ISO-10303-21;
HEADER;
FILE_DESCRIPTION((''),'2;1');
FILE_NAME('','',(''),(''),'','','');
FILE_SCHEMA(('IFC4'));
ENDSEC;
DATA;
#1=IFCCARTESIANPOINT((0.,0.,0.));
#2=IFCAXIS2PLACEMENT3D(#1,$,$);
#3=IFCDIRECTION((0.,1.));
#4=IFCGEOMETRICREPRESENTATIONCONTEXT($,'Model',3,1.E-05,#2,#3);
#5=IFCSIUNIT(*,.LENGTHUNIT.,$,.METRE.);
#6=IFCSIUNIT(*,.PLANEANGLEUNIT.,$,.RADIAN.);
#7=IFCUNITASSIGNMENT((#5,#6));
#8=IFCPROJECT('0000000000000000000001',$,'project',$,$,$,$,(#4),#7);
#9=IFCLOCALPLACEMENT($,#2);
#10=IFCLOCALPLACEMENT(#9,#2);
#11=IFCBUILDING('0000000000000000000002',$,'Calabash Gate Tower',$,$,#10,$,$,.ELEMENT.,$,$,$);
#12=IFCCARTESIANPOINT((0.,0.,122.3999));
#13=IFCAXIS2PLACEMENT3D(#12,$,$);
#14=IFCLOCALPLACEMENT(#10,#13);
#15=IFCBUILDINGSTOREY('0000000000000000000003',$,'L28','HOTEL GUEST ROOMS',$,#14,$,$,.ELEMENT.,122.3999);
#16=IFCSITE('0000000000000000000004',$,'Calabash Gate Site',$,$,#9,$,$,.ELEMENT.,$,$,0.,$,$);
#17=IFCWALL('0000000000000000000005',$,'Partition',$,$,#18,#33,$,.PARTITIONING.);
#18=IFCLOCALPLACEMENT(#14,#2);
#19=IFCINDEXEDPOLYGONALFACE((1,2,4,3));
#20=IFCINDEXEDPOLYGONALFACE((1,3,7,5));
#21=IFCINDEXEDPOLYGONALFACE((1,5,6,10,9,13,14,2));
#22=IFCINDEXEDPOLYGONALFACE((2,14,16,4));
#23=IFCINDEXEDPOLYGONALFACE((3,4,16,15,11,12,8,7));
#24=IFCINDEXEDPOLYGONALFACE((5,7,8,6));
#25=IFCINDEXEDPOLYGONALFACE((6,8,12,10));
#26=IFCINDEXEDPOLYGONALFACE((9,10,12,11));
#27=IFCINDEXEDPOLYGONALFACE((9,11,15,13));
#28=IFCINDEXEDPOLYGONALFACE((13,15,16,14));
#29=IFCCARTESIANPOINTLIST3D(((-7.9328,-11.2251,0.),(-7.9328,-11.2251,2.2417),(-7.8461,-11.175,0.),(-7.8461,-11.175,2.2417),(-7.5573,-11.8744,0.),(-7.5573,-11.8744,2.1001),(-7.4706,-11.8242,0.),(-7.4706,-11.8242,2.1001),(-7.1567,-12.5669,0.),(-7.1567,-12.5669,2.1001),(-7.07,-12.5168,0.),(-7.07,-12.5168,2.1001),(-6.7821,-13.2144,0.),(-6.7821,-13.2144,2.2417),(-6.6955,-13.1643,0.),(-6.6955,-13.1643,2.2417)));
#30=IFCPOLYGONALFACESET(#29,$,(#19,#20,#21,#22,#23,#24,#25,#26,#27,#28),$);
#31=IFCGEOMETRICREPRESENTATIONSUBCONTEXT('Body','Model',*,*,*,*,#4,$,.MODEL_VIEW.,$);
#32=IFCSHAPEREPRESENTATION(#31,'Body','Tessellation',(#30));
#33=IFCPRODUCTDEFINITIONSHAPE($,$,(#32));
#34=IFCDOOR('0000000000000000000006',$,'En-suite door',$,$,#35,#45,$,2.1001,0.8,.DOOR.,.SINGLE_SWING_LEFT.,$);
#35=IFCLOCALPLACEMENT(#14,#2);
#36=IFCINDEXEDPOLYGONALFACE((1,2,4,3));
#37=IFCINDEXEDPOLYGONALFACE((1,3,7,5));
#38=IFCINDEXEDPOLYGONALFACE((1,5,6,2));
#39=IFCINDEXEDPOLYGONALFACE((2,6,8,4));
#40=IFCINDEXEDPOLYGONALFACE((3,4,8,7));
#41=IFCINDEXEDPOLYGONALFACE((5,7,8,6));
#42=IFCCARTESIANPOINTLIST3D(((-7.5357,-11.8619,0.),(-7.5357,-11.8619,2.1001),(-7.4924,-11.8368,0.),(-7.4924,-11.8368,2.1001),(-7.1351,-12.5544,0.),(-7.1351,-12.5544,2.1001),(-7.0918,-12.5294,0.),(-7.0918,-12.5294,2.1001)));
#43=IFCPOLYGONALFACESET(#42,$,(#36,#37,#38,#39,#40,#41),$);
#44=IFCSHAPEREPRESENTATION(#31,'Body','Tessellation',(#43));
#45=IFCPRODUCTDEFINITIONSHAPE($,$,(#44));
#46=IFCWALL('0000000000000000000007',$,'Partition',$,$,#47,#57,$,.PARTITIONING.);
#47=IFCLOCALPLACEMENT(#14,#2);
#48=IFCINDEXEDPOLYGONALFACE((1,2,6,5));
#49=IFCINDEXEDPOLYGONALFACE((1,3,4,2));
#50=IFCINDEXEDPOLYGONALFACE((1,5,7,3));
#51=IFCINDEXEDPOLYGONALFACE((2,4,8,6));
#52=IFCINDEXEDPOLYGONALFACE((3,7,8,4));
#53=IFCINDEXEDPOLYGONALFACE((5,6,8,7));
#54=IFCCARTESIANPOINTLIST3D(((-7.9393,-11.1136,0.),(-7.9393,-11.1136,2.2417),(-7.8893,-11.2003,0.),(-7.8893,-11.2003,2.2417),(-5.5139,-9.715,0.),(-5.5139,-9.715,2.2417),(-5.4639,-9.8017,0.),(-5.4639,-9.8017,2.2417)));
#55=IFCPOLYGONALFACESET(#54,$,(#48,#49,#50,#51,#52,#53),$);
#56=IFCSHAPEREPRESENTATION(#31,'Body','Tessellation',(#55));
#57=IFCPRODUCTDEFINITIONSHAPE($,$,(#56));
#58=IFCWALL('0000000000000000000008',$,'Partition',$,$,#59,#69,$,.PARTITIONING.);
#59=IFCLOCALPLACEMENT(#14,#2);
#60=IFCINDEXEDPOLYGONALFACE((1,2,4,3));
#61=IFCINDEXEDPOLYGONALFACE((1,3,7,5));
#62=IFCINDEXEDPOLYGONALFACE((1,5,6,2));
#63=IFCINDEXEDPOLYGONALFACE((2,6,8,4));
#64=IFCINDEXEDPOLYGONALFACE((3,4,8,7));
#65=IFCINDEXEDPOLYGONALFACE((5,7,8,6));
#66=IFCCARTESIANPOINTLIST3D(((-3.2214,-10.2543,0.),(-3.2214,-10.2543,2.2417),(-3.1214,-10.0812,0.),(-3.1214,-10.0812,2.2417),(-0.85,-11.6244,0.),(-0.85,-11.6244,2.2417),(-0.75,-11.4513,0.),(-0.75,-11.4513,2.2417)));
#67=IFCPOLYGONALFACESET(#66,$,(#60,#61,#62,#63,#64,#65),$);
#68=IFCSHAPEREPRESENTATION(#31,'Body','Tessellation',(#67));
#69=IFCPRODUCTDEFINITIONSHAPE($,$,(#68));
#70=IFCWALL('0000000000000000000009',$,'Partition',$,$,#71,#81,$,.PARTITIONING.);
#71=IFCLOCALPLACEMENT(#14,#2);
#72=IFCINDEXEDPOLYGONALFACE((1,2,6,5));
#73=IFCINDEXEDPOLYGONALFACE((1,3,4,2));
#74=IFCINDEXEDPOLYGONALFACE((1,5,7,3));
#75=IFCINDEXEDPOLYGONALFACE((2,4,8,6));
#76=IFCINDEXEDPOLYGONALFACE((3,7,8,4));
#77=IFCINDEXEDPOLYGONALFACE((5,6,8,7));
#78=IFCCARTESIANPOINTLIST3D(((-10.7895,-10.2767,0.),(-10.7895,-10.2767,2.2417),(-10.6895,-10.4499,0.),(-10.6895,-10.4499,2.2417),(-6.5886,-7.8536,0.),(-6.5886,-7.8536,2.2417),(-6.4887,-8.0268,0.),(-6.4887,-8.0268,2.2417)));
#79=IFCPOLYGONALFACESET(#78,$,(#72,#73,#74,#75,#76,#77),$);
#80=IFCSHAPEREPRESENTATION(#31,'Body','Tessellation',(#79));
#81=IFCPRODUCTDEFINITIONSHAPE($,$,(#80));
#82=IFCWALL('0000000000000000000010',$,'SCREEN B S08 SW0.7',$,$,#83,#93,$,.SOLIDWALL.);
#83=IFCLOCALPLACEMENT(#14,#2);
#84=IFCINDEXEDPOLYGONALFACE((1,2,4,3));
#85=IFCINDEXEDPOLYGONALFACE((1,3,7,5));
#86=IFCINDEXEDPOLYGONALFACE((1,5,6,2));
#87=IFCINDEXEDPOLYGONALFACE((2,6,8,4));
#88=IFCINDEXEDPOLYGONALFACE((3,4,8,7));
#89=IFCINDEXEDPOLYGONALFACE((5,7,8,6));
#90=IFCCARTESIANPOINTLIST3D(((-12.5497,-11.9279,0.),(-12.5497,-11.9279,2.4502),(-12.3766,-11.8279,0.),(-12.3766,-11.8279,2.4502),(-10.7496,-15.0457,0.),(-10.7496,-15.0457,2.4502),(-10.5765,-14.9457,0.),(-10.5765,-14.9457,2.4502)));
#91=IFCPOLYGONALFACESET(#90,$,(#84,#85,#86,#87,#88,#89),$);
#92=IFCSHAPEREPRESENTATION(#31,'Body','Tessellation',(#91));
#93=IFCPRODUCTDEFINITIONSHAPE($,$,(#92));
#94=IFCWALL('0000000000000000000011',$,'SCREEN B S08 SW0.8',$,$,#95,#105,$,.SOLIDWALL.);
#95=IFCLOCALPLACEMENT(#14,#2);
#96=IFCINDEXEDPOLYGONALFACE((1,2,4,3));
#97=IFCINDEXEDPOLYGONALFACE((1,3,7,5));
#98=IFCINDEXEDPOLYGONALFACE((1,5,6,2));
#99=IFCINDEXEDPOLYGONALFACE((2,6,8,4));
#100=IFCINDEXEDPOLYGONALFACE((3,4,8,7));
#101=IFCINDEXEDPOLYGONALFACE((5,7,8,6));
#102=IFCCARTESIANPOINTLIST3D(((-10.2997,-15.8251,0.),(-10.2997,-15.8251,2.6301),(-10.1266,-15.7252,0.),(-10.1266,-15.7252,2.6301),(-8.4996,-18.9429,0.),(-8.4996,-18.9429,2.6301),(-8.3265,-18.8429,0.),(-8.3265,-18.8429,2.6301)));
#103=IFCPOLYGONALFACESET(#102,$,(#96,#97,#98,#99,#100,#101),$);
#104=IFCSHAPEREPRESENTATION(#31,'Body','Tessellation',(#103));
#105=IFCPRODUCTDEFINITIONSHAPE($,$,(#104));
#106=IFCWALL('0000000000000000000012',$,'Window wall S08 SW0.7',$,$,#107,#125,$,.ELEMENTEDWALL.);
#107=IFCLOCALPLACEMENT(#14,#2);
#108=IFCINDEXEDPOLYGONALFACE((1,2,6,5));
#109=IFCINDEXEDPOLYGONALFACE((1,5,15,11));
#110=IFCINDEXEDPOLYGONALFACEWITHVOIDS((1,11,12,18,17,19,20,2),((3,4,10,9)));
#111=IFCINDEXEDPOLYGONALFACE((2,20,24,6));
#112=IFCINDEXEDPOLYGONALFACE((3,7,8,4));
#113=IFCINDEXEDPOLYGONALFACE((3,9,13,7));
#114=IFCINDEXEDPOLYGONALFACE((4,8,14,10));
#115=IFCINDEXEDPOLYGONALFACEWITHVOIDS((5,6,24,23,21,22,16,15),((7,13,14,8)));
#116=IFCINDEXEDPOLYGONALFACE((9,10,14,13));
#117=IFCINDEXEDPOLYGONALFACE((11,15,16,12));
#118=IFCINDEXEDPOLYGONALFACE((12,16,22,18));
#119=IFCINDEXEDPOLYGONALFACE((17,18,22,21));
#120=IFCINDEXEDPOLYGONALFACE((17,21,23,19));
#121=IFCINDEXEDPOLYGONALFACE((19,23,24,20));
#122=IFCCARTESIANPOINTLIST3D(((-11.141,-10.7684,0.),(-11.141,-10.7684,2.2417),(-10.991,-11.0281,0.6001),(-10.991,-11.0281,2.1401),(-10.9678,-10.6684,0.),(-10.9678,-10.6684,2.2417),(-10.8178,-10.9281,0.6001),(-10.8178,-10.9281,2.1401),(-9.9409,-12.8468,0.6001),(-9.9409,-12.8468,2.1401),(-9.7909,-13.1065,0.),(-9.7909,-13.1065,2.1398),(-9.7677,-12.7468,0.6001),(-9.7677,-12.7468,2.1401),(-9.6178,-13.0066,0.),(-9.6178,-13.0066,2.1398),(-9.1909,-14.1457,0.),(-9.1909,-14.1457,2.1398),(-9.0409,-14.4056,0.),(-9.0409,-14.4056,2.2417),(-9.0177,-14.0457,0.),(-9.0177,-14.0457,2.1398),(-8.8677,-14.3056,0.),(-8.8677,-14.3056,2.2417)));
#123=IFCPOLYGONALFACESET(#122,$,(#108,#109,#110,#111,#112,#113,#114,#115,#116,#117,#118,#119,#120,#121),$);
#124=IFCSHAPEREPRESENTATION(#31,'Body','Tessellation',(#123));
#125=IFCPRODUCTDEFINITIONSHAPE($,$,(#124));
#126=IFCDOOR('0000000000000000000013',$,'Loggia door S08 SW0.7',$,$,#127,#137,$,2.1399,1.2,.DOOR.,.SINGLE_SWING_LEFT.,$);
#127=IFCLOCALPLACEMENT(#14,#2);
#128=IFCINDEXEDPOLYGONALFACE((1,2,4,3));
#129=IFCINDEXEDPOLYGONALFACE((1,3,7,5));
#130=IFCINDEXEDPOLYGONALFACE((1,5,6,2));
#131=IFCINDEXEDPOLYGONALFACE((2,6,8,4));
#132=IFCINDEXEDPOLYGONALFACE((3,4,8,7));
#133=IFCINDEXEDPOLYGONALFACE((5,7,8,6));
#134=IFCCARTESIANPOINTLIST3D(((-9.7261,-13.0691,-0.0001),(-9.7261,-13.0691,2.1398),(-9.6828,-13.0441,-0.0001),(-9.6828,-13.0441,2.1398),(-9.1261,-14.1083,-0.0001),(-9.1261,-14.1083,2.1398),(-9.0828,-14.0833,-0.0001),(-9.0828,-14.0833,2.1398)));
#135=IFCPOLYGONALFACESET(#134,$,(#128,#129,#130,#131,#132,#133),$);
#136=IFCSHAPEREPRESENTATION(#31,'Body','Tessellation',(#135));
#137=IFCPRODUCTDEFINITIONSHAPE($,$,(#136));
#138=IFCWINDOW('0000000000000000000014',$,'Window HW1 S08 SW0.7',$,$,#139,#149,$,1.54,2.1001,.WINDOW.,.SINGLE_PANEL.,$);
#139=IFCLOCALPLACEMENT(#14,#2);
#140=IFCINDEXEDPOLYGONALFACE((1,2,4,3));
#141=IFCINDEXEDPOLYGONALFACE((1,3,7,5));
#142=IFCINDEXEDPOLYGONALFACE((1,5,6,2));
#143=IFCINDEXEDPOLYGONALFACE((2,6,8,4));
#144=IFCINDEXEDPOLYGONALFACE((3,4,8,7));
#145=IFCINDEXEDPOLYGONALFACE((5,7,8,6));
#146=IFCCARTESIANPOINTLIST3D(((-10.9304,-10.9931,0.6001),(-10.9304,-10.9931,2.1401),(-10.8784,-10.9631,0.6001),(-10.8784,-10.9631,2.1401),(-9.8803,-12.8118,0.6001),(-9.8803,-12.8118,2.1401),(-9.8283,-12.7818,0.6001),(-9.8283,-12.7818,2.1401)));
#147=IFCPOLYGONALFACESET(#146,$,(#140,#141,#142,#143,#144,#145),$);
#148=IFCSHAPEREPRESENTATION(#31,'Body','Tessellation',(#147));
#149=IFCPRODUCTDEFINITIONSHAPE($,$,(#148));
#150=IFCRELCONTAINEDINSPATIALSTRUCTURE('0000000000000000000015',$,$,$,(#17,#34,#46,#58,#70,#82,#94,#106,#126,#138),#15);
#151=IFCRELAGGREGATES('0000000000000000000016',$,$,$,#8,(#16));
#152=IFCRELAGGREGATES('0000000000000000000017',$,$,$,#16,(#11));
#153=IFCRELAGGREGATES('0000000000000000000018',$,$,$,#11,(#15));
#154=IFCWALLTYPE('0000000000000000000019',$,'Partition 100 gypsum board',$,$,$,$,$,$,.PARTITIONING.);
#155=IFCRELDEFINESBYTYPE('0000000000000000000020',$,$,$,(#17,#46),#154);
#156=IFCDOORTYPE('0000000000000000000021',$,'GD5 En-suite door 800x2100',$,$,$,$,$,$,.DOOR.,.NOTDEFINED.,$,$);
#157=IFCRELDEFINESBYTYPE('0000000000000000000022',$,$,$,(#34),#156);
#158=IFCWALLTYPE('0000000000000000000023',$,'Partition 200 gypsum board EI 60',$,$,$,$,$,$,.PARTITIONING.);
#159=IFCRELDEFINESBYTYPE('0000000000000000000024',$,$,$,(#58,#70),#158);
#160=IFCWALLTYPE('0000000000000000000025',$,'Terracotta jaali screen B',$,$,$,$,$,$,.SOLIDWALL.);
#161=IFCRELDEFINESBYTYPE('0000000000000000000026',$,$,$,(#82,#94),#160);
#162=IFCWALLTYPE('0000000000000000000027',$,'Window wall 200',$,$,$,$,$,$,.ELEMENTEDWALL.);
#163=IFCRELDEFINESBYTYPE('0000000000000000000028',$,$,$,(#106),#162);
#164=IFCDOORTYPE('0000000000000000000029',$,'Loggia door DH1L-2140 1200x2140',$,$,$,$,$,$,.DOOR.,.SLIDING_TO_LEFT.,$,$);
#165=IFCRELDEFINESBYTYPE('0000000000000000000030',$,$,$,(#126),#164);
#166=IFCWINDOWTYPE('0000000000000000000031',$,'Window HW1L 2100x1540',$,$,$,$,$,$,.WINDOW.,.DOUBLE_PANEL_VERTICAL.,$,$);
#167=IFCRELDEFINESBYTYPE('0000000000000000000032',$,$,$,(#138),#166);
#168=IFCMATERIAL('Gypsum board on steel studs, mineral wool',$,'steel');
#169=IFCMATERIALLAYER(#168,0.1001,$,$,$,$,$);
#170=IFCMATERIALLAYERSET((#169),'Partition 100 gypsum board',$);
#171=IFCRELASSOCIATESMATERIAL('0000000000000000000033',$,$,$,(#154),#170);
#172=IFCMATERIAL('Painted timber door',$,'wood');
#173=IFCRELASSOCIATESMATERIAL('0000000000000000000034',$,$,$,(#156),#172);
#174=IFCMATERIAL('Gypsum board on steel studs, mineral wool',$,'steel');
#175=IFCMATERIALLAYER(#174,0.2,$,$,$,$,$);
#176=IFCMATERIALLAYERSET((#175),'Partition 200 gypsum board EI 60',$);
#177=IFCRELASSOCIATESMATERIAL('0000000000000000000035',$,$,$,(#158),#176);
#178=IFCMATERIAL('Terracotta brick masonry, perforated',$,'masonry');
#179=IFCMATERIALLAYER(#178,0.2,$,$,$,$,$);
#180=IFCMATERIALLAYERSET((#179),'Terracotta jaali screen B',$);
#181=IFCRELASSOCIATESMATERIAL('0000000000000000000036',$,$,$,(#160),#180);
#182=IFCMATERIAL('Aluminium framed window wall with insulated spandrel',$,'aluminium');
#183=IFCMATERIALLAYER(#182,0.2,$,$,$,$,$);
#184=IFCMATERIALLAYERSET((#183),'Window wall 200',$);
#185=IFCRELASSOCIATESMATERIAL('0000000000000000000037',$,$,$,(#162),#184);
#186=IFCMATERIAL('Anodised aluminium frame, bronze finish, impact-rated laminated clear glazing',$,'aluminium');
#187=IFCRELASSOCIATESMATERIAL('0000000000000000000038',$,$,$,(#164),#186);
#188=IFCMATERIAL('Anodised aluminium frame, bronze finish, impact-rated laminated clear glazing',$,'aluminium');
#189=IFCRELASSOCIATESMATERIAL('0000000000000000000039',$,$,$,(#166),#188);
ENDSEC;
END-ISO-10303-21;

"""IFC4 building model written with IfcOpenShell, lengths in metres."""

from ifc_helpers import new_model, si_unit, direction, frame, frame_2d, origin, place, context, subcontext, project, spatial, rectangle, extrude, material, layer, layer_set, type_object, element, fill, save


model = new_model("IFC4")

# Units and contexts
model_context = context("Model", 3, precision=1e-05, world=origin(), true_north=direction((0.0, 1.0)))
body_context = subcontext(model_context, "Body", "Model", "MODEL_VIEW")
ifc_project = project(units=[si_unit("LENGTHUNIT", "METRE"), si_unit("PLANEANGLEUNIT", "RADIAN")], contexts=[model_context])

# Site, building, storey
site_placement = place(None, origin())
site = spatial("IfcSite", under=ifc_project, at=site_placement, Name="Calabash Gate Site", CompositionType="ELEMENT", RefElevation=0.0)
building_placement = place(site_placement, origin())
building = spatial("IfcBuilding", under=site, at=building_placement, Name="Calabash Gate Tower", CompositionType="ELEMENT")
storey_placement = place(building_placement, frame((0.0, 0.0, 122.3999)))
storey = spatial("IfcBuildingStorey", under=building, at=storey_placement, Name="L28", Description="HOTEL GUEST ROOMS", CompositionType="ELEMENT", Elevation=122.3999)

# Wall, opening, door
ifc_material_1 = material(Name="Gypsum board on steel studs, mineral wool", Category="steel")
ifc_layer_1 = layer(ifc_material_1, 0.1001)
ifc_layer_set_1 = layer_set([ifc_layer_1], Name="Partition 100 gypsum board")
wall_type_1 = type_object("IfcWallType", Name="Partition 100 gypsum board", PredefinedType="PARTITIONING", material=ifc_layer_set_1)
wall_1_placement = place(storey_placement, frame((-7.8894, -11.2002, 0.0), z_axis=(0.0, 0.0, 1.0), x_axis=(0.500697, -0.865623, 0.0)))
wall_1 = element("IfcWall", 1, at=wall_1_placement, inside=storey, type_object=wall_type_1, Name="Partition", PredefinedType="PARTITIONING", context=body_context, shape_type="SweptSolid", body=[
    extrude(rectangle(XDim=2.2981, YDim=0.1001, at=frame_2d((1.1489, 0.0))), origin(), (0.0, 0.0, 1.0), 2.2417),
])
opening_1_placement = place(wall_1_placement, frame((0.75, 0.0, 0.0)))
opening_1 = element("IfcOpeningElement", 2, at=opening_1_placement, cuts=wall_1, PredefinedType="OPENING", context=body_context, shape_type="SweptSolid", body=[
    extrude(rectangle(XDim=0.8, YDim=2.1001, at=frame_2d((0.3999, 1.05))), frame((0.0, 0.0601, 0.0), z_axis=(0.0, -1.0, 0.0), x_axis=(1.0, 0.0, 0.0)), (0.0, 0.0, 1.0), 0.1201),
])
ifc_material_2 = material(Name="Painted timber door", Category="wood")
door_type_1 = type_object("IfcDoorType", Name="GD5 En-suite door 800x2100", OperationType="NOTDEFINED", PredefinedType="DOOR", material=ifc_material_2)
door_1_placement = place(opening_1_placement, origin())
door_1 = element("IfcDoor", 3, at=door_1_placement, inside=storey, type_object=door_type_1, Name="En-suite door", OperationType="SINGLE_SWING_LEFT", OverallHeight=2.1001, OverallWidth=0.8, PredefinedType="DOOR", context=body_context, shape_type="SweptSolid", body=[
    extrude(rectangle(XDim=0.8, YDim=2.1001, at=frame_2d((0.3999, 1.05))), frame((0.0, 0.0249, 0.0), z_axis=(0.0, -1.0, 0.0), x_axis=(1.0, 0.0, 0.0)), (0.0, 0.0, 1.0), 0.05),
])
fill(opening_1, door_1)

# Walls
wall_2_placement = place(storey_placement, frame((-7.9143, -11.157, 0.0), z_axis=(0.0, 0.0, 1.0), x_axis=(0.866289, 0.499544, 0.0)))
element("IfcWall", 4, at=wall_2_placement, inside=storey, type_object=wall_type_1, Name="Partition", PredefinedType="PARTITIONING", context=body_context, shape_type="SweptSolid", body=[
    extrude(rectangle(XDim=2.7998, YDim=0.1001, at=frame_2d((1.3999, 0.0))), origin(), (0.0, 0.0, 1.0), 2.2417),
])
ifc_material_3 = material(Name="Gypsum board on steel studs, mineral wool", Category="steel")
ifc_layer_2 = layer(ifc_material_3, 0.2)
ifc_layer_set_2 = layer_set([ifc_layer_2], Name="Partition 200 gypsum board EI 60")
wall_type_2 = type_object("IfcWallType", Name="Partition 200 gypsum board EI 60", PredefinedType="PARTITIONING", material=ifc_layer_set_2)
wall_3_placement = place(storey_placement, frame((-3.1714, -10.1677, 0.0), z_axis=(0.0, 0.0, 1.0), x_axis=(0.865863, -0.500281, 0.0)))
element("IfcWall", 5, at=wall_3_placement, inside=storey, type_object=wall_type_2, Name="Partition", PredefinedType="PARTITIONING", context=body_context, shape_type="SweptSolid", body=[
    extrude(rectangle(XDim=2.7388, YDim=0.2, at=frame_2d((1.3694, 0.0))), origin(), (0.0, 0.0, 1.0), 2.2417),
])
wall_4_placement = place(storey_placement, frame((-10.7395, -10.3633, 0.0), z_axis=(0.0, 0.0, 1.0), x_axis=(0.866232, 0.499643, 0.0)))
element("IfcWall", 6, at=wall_4_placement, inside=storey, type_object=wall_type_2, Name="Partition", PredefinedType="PARTITIONING", context=body_context, shape_type="SweptSolid", body=[
    extrude(rectangle(XDim=4.8496, YDim=0.2, at=frame_2d((2.4248, 0.0))), origin(), (0.0, 0.0, 1.0), 2.2417),
])
ifc_material_4 = material(Name="Terracotta brick masonry, perforated", Category="masonry")
ifc_layer_3 = layer(ifc_material_4, 0.2)
ifc_layer_set_3 = layer_set([ifc_layer_3], Name="Terracotta jaali screen B")
wall_type_3 = type_object("IfcWallType", Name="Terracotta jaali screen B", PredefinedType="SOLIDWALL", material=ifc_layer_set_3)
wall_5_placement = place(storey_placement, frame((-12.4631, -11.8779, 0.0), z_axis=(0.0, 0.0, 1.0), x_axis=(0.500012, -0.866018, 0.0)))
element("IfcWall", 7, at=wall_5_placement, inside=storey, type_object=wall_type_3, Name="SCREEN B S08 SW0.7", PredefinedType="SOLIDWALL", context=body_context, shape_type="SweptSolid", body=[
    extrude(rectangle(XDim=3.6001, YDim=0.2, at=frame_2d((1.8, 0.0))), origin(), (0.0, 0.0, 1.0), 2.4502),
])
wall_6_placement = place(storey_placement, frame((-10.2131, -15.7751, 0.0), z_axis=(0.0, 0.0, 1.0), x_axis=(0.500012, -0.866018, 0.0)))
element("IfcWall", 8, at=wall_6_placement, inside=storey, type_object=wall_type_3, Name="SCREEN B S08 SW0.8", PredefinedType="SOLIDWALL", context=body_context, shape_type="SweptSolid", body=[
    extrude(rectangle(XDim=3.6001, YDim=0.2, at=frame_2d((1.8, 0.0))), origin(), (0.0, 0.0, 1.0), 2.6301),
])

# Wall, openings, door, window
ifc_material_5 = material(Name="Aluminium framed window wall with insulated spandrel", Category="aluminium")
ifc_layer_4 = layer(ifc_material_5, 0.2)
ifc_layer_set_4 = layer_set([ifc_layer_4], Name="Window wall 200")
wall_type_4 = type_object("IfcWallType", Name="Window wall 200", PredefinedType="ELEMENTEDWALL", material=ifc_layer_set_4)
wall_7_placement = place(storey_placement, frame((-11.0544, -10.7183, 0.0), z_axis=(0.0, 0.0, 1.0), x_axis=(0.500028, -0.866009, 0.0)))
wall_7 = element("IfcWall", 9, at=wall_7_placement, inside=storey, type_object=wall_type_4, Name="Window wall S08 SW0.7", PredefinedType="ELEMENTEDWALL", context=body_context, shape_type="SweptSolid", body=[
    extrude(rectangle(XDim=4.2, YDim=0.2, at=frame_2d((2.1001, 0.0))), origin(), (0.0, 0.0, 1.0), 2.2417),
])
opening_2_placement = place(wall_7_placement, frame((0.3, 0.0, 0.6001)))
opening_2 = element("IfcOpeningElement", 10, at=opening_2_placement, cuts=wall_7, PredefinedType="OPENING", context=body_context, shape_type="SweptSolid", body=[
    extrude(rectangle(XDim=2.1001, YDim=1.54, at=frame_2d((1.05, 0.77))), frame((0.0, 0.1099, 0.0), z_axis=(0.0, -1.0, 0.0), x_axis=(1.0, 0.0, 0.0)), (0.0, 0.0, 1.0), 0.22),
])
opening_3_placement = place(wall_7_placement, frame((2.7, 0.0, 0.0)))
opening_3 = element("IfcOpeningElement", 11, at=opening_3_placement, cuts=wall_7, PredefinedType="OPENING", context=body_context, shape_type="SweptSolid", body=[
    extrude(rectangle(XDim=1.2, YDim=2.1399, at=frame_2d((0.6001, 1.0698))), frame((0.0, 0.1099, 0.0), z_axis=(0.0, -1.0, 0.0), x_axis=(1.0, 0.0, 0.0)), (0.0, 0.0, 1.0), 0.22),
])
ifc_material_6 = material(Name="Anodised aluminium frame, bronze finish, impact-rated laminated clear glazing", Category="aluminium")
door_type_2 = type_object("IfcDoorType", Name="Loggia door DH1L-2140 1200x2140", OperationType="SLIDING_TO_LEFT", PredefinedType="DOOR", material=ifc_material_6)
door_2_placement = place(opening_3_placement, origin())
door_2 = element("IfcDoor", 12, at=door_2_placement, inside=storey, type_object=door_type_2, Name="Loggia door S08 SW0.7", OperationType="SINGLE_SWING_LEFT", OverallHeight=2.1399, OverallWidth=1.2, PredefinedType="DOOR", context=body_context, shape_type="SweptSolid", body=[
    extrude(rectangle(XDim=1.2, YDim=2.1399, at=frame_2d((0.6001, 1.0698))), frame((0.0, 0.0249, 0.0), z_axis=(0.0, -1.0, 0.0), x_axis=(1.0, 0.0, 0.0)), (0.0, 0.0, 1.0), 0.05),
])
fill(opening_3, door_2)
ifc_material_7 = material(Name="Anodised aluminium frame, bronze finish, impact-rated laminated clear glazing", Category="aluminium")
window_type_1 = type_object("IfcWindowType", Name="Window HW1L 2100x1540", PartitioningType="DOUBLE_PANEL_VERTICAL", PredefinedType="WINDOW", material=ifc_material_7)
window_1_placement = place(opening_2_placement, origin())
window_1 = element("IfcWindow", 13, at=window_1_placement, inside=storey, type_object=window_type_1, Name="Window HW1 S08 SW0.7", OverallHeight=1.54, OverallWidth=2.1001, PartitioningType="SINGLE_PANEL", PredefinedType="WINDOW", context=body_context, shape_type="SweptSolid", body=[
    extrude(rectangle(XDim=2.1001, YDim=1.54, at=frame_2d((1.05, 0.77))), frame((0.0, 0.03, 0.0), z_axis=(0.0, -1.0, 0.0), x_axis=(1.0, 0.0, 0.0)), (0.0, 0.0, 1.0), 0.0601),
])
fill(opening_2, window_1)

save(model, "model.ifc")
